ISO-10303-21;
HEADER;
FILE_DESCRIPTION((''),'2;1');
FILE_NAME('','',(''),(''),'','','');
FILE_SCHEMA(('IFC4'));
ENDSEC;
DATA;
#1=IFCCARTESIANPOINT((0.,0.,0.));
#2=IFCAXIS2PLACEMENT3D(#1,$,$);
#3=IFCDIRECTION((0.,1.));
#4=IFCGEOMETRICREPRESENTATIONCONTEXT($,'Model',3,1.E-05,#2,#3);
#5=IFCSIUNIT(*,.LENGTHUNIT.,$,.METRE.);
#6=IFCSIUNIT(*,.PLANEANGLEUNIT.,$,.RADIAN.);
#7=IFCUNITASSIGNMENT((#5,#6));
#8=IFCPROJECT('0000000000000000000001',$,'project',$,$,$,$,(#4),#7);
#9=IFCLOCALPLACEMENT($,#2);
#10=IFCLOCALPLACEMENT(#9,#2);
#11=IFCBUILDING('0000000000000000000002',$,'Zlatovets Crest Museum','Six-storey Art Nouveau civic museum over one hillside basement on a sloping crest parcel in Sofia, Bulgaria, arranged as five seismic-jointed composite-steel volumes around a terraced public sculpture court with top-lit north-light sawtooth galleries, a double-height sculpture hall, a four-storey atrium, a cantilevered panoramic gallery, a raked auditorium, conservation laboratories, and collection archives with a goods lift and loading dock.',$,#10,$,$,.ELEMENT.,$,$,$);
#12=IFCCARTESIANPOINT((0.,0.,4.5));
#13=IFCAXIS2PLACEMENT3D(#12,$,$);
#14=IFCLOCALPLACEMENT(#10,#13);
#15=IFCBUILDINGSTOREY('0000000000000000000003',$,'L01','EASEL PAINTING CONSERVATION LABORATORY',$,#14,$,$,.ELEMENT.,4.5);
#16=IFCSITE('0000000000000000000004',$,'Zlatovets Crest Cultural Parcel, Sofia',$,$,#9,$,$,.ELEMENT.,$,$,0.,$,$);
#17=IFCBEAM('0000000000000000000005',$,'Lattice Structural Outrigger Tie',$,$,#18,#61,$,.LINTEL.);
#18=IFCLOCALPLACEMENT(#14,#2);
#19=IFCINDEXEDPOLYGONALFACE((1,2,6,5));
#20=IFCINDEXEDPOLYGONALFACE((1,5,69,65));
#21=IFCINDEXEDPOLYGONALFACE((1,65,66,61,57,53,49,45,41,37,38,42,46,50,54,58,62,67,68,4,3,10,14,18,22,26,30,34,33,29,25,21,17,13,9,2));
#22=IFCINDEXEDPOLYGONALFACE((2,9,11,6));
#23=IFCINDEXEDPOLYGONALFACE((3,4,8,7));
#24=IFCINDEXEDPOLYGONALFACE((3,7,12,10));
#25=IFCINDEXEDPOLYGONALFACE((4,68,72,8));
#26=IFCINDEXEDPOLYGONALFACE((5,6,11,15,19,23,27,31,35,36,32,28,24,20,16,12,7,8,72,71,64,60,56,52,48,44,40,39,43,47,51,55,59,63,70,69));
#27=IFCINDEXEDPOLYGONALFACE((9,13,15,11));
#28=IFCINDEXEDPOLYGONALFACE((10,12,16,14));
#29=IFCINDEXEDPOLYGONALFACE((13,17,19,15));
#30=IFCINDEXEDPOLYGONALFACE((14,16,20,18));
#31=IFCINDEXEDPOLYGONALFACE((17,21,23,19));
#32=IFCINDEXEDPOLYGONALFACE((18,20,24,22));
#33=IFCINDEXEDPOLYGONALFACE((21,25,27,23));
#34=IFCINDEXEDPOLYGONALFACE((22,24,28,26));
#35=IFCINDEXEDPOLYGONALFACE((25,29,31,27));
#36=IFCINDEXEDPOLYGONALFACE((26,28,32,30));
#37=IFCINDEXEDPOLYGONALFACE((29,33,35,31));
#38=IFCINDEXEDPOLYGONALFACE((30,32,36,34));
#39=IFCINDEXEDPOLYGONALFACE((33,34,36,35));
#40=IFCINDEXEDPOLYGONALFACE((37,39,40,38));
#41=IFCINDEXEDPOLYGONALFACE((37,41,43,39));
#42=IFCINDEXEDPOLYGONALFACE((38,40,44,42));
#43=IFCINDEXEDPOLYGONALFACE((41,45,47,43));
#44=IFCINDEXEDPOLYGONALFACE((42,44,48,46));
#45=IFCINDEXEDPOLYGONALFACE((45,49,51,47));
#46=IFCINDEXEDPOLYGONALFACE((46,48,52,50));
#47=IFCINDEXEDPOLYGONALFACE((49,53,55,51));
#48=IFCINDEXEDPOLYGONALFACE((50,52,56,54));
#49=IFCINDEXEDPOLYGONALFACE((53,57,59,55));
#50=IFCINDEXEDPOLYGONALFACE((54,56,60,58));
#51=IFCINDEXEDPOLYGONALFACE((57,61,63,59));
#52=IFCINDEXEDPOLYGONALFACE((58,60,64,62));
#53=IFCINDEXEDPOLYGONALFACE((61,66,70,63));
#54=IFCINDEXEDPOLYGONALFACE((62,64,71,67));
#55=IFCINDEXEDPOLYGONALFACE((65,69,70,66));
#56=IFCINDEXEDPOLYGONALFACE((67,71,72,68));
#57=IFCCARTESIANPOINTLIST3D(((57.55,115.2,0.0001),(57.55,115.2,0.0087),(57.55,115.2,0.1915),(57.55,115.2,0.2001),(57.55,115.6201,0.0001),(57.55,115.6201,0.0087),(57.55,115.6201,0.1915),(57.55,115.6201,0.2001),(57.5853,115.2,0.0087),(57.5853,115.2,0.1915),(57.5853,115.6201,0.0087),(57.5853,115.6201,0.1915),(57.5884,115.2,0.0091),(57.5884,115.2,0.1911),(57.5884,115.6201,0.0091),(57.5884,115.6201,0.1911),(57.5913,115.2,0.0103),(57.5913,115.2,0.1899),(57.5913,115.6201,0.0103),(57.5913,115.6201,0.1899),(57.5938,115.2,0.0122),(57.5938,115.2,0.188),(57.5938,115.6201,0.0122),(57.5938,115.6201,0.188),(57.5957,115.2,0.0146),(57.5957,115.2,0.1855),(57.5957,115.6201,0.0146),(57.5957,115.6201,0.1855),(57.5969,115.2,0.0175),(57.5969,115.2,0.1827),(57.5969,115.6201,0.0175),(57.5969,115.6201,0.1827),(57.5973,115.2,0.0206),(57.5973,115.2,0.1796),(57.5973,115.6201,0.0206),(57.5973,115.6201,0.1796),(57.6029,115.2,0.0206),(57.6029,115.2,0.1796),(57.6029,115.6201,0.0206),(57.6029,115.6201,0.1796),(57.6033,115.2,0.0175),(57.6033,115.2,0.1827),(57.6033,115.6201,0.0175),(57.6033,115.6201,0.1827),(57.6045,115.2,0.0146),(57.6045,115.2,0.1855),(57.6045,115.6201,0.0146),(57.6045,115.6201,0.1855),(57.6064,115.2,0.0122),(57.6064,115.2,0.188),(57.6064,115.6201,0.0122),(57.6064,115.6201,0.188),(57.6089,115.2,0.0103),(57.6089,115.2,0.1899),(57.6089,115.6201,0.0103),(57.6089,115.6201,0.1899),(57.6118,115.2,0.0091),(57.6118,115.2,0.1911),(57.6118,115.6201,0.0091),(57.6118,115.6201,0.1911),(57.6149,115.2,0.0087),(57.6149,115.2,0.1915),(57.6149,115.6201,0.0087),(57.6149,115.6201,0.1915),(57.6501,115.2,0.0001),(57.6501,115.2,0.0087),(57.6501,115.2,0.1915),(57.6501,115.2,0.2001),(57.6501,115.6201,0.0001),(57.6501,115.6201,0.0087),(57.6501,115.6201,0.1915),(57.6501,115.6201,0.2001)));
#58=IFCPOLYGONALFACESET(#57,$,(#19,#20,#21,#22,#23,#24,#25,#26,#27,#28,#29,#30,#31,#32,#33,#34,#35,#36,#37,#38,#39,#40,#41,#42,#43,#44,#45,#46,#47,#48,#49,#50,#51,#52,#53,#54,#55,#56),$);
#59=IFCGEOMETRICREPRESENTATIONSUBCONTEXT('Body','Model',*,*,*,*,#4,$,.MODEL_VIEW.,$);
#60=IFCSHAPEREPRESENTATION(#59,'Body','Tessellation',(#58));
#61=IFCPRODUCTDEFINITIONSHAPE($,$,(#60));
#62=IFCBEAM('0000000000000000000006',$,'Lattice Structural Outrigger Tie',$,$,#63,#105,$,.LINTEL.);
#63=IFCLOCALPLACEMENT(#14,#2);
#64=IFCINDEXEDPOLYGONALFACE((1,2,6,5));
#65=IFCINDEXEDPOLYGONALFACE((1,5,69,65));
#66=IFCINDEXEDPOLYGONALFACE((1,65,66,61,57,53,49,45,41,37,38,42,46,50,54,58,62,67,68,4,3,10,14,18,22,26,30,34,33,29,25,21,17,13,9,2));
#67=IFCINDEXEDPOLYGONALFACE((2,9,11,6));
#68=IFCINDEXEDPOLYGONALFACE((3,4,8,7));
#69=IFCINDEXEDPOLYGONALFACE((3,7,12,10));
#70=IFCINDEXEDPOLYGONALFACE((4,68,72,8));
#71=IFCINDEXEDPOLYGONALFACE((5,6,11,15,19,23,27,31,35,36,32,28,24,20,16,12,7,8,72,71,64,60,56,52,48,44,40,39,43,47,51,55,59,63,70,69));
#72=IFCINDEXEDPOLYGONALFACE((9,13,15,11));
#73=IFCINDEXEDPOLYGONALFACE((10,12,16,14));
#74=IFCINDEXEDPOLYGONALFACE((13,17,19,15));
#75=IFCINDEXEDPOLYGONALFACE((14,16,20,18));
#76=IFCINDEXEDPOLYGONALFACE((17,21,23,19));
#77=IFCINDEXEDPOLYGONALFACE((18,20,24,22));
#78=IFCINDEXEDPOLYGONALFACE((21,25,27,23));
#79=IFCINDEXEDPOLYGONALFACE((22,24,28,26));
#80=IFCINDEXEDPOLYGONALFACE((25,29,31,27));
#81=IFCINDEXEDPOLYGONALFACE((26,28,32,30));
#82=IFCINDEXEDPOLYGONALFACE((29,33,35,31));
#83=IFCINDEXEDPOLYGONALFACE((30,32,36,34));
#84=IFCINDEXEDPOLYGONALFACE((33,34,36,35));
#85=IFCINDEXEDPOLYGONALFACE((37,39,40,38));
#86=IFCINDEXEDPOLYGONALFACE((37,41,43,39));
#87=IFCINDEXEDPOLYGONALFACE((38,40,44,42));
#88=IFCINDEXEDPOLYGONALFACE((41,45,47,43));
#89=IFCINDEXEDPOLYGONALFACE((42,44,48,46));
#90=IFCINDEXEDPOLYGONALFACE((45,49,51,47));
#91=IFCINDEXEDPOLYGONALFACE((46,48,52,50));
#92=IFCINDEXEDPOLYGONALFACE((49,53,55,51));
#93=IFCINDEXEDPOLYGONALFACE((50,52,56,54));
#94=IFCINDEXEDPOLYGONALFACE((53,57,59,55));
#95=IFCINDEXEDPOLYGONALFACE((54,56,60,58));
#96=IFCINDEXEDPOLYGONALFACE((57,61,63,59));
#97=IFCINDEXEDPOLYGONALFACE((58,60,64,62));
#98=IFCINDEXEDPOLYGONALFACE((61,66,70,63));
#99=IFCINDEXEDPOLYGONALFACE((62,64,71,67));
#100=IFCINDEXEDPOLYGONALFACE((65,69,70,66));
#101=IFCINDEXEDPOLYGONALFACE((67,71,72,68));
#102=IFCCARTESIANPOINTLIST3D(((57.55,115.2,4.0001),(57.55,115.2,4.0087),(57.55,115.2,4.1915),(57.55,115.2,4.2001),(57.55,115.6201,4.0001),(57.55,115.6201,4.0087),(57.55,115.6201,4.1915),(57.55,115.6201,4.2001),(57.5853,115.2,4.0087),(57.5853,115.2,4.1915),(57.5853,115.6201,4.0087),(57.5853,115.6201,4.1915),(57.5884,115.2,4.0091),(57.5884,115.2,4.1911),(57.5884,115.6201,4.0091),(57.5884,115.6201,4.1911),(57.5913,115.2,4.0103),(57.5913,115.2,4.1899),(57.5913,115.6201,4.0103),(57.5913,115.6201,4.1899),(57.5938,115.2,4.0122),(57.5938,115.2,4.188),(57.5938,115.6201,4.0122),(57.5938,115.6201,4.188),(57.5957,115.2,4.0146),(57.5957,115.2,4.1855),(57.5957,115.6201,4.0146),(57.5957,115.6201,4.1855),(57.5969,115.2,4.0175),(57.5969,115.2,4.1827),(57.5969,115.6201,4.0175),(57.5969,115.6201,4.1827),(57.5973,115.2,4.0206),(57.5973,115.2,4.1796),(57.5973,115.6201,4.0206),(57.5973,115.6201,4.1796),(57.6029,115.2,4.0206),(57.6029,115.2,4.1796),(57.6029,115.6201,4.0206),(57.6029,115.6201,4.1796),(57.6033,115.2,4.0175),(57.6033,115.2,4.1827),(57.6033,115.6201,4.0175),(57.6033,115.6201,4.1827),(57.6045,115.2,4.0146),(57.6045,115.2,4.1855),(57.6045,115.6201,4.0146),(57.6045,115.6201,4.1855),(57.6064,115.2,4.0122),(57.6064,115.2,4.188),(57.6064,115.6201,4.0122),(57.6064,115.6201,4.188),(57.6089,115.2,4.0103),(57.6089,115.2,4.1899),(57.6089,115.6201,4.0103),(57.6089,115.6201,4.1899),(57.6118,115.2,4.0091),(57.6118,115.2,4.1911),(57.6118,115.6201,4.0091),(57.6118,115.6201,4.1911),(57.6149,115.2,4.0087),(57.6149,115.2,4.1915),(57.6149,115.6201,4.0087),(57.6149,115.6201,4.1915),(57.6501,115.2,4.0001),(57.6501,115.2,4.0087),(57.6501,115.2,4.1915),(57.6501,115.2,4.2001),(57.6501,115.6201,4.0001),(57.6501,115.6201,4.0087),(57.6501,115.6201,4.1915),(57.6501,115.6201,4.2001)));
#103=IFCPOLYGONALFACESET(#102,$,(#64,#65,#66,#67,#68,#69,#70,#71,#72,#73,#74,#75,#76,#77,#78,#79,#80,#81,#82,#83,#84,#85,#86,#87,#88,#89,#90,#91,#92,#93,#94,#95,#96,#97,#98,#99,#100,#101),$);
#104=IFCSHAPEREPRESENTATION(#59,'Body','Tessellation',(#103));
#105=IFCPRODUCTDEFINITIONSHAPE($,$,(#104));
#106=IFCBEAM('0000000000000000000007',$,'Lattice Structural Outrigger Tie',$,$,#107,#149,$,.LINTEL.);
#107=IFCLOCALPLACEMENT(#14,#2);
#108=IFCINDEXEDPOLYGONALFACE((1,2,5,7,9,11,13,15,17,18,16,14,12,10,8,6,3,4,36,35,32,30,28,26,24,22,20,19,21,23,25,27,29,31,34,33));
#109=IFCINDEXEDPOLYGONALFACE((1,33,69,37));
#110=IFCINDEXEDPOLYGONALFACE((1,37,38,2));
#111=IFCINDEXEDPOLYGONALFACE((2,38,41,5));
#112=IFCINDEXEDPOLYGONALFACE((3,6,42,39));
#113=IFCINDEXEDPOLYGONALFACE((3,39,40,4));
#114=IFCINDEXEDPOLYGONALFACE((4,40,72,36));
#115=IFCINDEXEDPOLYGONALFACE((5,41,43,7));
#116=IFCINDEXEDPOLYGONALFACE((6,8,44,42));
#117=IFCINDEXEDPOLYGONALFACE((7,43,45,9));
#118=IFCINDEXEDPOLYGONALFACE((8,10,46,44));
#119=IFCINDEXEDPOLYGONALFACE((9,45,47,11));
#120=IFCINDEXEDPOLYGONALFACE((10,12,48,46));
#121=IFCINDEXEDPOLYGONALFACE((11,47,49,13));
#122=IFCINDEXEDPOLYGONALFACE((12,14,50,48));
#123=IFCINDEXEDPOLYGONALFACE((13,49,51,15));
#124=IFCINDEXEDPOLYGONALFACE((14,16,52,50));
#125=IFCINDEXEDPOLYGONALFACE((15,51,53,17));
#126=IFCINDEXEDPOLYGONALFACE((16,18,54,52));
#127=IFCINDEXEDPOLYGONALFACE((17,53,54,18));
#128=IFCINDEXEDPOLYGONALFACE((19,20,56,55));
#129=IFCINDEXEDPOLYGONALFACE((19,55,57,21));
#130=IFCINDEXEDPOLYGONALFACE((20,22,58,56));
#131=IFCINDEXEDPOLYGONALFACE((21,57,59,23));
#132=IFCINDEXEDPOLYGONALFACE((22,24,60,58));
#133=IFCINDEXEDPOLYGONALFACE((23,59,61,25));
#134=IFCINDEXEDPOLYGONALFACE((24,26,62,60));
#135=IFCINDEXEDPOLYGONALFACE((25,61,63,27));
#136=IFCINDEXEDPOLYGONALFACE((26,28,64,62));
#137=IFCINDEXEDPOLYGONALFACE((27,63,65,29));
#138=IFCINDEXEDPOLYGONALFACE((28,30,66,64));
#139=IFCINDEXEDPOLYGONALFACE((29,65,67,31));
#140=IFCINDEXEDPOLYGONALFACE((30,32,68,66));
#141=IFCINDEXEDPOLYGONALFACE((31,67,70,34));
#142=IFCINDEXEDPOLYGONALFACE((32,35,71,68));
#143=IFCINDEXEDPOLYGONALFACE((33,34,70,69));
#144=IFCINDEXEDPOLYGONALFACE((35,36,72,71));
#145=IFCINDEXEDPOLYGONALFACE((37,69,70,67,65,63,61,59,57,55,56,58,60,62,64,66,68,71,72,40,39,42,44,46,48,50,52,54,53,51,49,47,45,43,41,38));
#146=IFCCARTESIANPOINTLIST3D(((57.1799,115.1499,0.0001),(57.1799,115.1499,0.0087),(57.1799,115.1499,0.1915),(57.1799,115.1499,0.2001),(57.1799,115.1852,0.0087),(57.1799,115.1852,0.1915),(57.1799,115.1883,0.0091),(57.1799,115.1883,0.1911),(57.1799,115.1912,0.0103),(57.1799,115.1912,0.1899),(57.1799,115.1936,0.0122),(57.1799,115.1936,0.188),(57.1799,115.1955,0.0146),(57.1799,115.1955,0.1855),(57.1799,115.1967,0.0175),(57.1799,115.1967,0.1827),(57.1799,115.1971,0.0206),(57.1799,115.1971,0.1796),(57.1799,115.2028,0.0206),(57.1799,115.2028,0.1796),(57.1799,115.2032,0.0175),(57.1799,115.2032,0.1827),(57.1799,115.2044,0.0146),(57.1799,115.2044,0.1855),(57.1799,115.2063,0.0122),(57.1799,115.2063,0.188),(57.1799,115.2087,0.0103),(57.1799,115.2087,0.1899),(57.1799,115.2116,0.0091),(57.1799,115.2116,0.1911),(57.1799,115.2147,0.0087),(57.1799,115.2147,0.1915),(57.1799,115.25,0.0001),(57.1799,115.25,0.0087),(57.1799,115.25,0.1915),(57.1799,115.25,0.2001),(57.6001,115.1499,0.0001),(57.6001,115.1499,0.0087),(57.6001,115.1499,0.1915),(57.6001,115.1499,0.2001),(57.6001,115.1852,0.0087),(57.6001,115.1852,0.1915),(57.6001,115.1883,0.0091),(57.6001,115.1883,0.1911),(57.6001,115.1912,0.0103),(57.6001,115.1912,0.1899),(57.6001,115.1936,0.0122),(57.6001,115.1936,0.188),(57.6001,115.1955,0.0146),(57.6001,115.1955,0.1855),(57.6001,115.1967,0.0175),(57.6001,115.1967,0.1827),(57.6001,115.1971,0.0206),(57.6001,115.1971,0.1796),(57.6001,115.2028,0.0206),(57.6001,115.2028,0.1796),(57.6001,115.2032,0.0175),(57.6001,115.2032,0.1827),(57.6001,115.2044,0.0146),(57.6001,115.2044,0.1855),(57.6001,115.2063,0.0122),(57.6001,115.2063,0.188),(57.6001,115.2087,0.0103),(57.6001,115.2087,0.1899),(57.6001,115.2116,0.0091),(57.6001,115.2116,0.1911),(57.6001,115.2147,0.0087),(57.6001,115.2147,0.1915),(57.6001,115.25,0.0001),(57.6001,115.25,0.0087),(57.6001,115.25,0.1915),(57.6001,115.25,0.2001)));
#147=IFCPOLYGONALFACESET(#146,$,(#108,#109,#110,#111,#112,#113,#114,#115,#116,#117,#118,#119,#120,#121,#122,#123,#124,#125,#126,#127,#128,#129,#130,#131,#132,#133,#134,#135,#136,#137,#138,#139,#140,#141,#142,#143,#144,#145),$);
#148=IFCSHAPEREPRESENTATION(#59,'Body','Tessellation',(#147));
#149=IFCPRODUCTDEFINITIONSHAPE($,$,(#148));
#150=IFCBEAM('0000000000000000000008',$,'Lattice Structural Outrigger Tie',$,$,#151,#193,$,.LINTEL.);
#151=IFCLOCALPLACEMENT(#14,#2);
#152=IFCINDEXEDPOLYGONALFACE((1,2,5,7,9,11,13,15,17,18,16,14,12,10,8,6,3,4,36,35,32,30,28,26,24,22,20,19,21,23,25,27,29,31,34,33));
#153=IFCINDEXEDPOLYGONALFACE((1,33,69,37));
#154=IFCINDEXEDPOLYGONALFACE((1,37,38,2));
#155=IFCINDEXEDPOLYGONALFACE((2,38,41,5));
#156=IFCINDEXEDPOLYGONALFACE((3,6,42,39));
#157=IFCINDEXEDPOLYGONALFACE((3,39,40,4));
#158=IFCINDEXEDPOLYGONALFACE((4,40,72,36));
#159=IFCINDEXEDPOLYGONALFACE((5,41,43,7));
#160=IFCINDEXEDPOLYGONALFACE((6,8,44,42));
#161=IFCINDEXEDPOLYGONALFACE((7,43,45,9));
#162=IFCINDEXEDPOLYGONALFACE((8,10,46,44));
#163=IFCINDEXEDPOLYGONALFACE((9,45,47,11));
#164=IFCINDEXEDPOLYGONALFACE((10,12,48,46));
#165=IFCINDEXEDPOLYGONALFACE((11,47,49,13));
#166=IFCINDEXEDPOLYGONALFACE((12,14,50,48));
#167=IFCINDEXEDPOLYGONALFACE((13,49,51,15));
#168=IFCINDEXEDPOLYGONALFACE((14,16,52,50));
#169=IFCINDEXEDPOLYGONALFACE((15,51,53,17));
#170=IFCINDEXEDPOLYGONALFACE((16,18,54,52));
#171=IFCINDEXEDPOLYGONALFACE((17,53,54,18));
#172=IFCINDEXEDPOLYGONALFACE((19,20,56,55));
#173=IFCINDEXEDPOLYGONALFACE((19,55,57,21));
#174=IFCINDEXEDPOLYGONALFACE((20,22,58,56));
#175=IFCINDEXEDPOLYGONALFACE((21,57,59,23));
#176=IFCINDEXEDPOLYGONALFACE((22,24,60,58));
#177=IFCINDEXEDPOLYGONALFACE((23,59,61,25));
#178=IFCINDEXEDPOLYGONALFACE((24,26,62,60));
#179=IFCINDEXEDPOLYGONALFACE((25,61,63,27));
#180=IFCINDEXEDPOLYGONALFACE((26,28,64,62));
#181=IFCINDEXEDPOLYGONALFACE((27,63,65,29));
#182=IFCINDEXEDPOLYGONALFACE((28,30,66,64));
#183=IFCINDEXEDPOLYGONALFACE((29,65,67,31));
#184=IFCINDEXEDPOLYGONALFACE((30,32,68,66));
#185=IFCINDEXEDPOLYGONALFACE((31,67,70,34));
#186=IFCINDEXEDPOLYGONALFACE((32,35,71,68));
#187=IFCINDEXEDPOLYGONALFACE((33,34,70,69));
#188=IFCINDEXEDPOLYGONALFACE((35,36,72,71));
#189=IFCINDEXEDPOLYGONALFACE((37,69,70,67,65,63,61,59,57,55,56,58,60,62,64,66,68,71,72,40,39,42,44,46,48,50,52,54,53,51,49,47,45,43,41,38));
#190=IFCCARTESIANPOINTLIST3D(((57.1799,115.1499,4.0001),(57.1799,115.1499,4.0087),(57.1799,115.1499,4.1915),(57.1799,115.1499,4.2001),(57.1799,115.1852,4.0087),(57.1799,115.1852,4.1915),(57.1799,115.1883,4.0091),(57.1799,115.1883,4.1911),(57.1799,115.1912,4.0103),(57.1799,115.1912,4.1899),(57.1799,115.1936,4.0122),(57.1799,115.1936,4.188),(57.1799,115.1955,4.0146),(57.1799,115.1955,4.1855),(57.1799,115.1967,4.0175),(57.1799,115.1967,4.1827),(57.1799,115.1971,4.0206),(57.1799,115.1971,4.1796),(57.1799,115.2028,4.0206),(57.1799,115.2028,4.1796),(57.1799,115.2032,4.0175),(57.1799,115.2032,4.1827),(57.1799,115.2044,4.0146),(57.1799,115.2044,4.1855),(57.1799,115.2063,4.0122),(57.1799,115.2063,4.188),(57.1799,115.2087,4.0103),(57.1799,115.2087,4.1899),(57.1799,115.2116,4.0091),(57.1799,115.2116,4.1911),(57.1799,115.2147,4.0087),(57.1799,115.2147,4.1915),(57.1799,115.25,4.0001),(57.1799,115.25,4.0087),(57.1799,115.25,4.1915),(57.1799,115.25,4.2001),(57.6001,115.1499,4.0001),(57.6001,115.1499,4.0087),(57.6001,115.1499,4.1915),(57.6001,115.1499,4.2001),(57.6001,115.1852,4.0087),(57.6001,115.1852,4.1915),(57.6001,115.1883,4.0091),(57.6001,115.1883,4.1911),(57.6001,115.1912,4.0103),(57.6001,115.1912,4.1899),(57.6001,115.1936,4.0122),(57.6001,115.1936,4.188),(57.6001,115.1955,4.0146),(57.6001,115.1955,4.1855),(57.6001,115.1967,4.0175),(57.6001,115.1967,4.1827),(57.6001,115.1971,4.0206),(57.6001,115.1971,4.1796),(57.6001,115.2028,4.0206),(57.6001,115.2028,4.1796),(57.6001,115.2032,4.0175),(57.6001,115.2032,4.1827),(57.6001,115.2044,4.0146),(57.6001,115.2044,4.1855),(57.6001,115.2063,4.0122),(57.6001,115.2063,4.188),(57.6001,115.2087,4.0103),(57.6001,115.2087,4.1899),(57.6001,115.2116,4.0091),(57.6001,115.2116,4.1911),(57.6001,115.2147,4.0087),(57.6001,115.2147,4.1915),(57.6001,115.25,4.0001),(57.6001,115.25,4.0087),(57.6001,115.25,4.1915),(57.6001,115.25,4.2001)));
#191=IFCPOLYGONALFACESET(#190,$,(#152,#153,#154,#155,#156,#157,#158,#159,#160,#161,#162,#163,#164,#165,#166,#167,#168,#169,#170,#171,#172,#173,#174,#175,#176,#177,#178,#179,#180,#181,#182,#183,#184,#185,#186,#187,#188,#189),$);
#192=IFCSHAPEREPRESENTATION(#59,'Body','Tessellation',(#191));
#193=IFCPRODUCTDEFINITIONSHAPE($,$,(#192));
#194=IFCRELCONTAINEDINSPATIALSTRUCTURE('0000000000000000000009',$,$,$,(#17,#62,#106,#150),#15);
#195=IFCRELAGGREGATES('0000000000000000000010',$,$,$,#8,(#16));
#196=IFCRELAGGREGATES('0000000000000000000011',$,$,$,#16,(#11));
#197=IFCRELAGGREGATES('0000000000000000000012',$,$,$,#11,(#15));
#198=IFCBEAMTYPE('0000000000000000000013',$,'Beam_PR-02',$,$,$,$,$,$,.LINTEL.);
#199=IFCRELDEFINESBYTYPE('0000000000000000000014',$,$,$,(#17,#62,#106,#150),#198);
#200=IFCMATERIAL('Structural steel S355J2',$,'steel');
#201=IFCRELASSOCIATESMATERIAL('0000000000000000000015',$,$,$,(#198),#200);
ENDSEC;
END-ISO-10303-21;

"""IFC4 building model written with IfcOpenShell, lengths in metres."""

from ifc_helpers import new_model, si_unit, direction, frame, origin, origin_2d, place, context, subcontext, project, spatial, i_section, extrude, material, material_profile, profile_set, type_object, element, save


model = new_model("IFC4")

# Units and contexts
model_context = context("Model", 3, precision=1e-05, world=origin(), true_north=direction((0.0, 1.0)))
body_context = subcontext(model_context, "Body", "Model", "MODEL_VIEW")
ifc_project = project(units=[si_unit("LENGTHUNIT", "METRE"), si_unit("PLANEANGLEUNIT", "RADIAN")], contexts=[model_context])

# Site, building, storey
site_placement = place(None, origin())
site = spatial("IfcSite", under=ifc_project, at=site_placement, Name="Zlatovets Crest Cultural Parcel, Sofia", CompositionType="ELEMENT", RefElevation=0.0)
building_placement = place(site_placement, origin())
building = spatial("IfcBuilding", under=site, at=building_placement, Name="Zlatovets Crest Museum", Description="Six-storey Art Nouveau civic museum over one hillside basement on a sloping crest parcel in Sofia, Bulgaria, arranged as five seismic-jointed composite-steel volumes around a terraced public sculpture court with top-lit north-light sawtooth galleries, a double-height sculpture hall, a four-storey atrium, a cantilevered panoramic gallery, a raked auditorium, conservation laboratories, and collection archives with a goods lift and loading dock.", CompositionType="ELEMENT")
storey_placement = place(building_placement, frame((0.0, 0.0, 4.5)))
storey = spatial("IfcBuildingStorey", under=building, at=storey_placement, Name="L01", Description="EASEL PAINTING CONSERVATION LABORATORY", CompositionType="ELEMENT", Elevation=4.5)

# Shared definitions
ifc_material_1 = material(Name="Structural steel S355J2", Category="steel")

# Beams
ifc_material_profile_1 = material_profile(ifc_material_1, i_section(OverallWidth=0.1001, OverallDepth=0.2, WebThickness=0.0056, FlangeThickness=0.0085, FilletRadius=0.012, at=origin_2d()), Name="IPE 200")
ifc_profile_set_1 = profile_set([ifc_material_profile_1], Name="Structural steel S355J2")
beam_type_1 = type_object("IfcBeamType", Name="Beam_PR-02", PredefinedType="LINTEL", material=ifc_profile_set_1)
for number, where, z_axis, x_axis, name in (
    (1, (57.6001, 115.2, 0.1001), (0.0, 1.0, 0.0), (-1.0, 0.0, 0.0), "Lattice Structural Outrigger Tie"),
    (2, (57.6001, 115.2, 4.1001), (0.0, 1.0, 0.0), (-1.0, 0.0, 0.0), "Lattice Structural Outrigger Tie"),
    (3, (57.6001, 115.2, 0.1001), (-1.0, 0.0, 0.0), (0.0, -1.0, 0.0), "Lattice Structural Outrigger Tie"),
    (4, (57.6001, 115.2, 4.1001), (-1.0, 0.0, 0.0), (0.0, -1.0, 0.0), "Lattice Structural Outrigger Tie"),
):
    element("IfcBeam", number, at=place(storey_placement, frame(where, z_axis=z_axis, x_axis=x_axis)), inside=storey, type_object=beam_type_1, Name=name, PredefinedType="LINTEL", context=body_context, shape_type="SweptSolid", body=[
        extrude(i_section(OverallWidth=0.1001, OverallDepth=0.2, WebThickness=0.0056, FlangeThickness=0.0085, FilletRadius=0.012, at=origin_2d()), origin(), (0.0, 0.0, 1.0), 0.4202),
    ])

save(model, "model.ifc")
